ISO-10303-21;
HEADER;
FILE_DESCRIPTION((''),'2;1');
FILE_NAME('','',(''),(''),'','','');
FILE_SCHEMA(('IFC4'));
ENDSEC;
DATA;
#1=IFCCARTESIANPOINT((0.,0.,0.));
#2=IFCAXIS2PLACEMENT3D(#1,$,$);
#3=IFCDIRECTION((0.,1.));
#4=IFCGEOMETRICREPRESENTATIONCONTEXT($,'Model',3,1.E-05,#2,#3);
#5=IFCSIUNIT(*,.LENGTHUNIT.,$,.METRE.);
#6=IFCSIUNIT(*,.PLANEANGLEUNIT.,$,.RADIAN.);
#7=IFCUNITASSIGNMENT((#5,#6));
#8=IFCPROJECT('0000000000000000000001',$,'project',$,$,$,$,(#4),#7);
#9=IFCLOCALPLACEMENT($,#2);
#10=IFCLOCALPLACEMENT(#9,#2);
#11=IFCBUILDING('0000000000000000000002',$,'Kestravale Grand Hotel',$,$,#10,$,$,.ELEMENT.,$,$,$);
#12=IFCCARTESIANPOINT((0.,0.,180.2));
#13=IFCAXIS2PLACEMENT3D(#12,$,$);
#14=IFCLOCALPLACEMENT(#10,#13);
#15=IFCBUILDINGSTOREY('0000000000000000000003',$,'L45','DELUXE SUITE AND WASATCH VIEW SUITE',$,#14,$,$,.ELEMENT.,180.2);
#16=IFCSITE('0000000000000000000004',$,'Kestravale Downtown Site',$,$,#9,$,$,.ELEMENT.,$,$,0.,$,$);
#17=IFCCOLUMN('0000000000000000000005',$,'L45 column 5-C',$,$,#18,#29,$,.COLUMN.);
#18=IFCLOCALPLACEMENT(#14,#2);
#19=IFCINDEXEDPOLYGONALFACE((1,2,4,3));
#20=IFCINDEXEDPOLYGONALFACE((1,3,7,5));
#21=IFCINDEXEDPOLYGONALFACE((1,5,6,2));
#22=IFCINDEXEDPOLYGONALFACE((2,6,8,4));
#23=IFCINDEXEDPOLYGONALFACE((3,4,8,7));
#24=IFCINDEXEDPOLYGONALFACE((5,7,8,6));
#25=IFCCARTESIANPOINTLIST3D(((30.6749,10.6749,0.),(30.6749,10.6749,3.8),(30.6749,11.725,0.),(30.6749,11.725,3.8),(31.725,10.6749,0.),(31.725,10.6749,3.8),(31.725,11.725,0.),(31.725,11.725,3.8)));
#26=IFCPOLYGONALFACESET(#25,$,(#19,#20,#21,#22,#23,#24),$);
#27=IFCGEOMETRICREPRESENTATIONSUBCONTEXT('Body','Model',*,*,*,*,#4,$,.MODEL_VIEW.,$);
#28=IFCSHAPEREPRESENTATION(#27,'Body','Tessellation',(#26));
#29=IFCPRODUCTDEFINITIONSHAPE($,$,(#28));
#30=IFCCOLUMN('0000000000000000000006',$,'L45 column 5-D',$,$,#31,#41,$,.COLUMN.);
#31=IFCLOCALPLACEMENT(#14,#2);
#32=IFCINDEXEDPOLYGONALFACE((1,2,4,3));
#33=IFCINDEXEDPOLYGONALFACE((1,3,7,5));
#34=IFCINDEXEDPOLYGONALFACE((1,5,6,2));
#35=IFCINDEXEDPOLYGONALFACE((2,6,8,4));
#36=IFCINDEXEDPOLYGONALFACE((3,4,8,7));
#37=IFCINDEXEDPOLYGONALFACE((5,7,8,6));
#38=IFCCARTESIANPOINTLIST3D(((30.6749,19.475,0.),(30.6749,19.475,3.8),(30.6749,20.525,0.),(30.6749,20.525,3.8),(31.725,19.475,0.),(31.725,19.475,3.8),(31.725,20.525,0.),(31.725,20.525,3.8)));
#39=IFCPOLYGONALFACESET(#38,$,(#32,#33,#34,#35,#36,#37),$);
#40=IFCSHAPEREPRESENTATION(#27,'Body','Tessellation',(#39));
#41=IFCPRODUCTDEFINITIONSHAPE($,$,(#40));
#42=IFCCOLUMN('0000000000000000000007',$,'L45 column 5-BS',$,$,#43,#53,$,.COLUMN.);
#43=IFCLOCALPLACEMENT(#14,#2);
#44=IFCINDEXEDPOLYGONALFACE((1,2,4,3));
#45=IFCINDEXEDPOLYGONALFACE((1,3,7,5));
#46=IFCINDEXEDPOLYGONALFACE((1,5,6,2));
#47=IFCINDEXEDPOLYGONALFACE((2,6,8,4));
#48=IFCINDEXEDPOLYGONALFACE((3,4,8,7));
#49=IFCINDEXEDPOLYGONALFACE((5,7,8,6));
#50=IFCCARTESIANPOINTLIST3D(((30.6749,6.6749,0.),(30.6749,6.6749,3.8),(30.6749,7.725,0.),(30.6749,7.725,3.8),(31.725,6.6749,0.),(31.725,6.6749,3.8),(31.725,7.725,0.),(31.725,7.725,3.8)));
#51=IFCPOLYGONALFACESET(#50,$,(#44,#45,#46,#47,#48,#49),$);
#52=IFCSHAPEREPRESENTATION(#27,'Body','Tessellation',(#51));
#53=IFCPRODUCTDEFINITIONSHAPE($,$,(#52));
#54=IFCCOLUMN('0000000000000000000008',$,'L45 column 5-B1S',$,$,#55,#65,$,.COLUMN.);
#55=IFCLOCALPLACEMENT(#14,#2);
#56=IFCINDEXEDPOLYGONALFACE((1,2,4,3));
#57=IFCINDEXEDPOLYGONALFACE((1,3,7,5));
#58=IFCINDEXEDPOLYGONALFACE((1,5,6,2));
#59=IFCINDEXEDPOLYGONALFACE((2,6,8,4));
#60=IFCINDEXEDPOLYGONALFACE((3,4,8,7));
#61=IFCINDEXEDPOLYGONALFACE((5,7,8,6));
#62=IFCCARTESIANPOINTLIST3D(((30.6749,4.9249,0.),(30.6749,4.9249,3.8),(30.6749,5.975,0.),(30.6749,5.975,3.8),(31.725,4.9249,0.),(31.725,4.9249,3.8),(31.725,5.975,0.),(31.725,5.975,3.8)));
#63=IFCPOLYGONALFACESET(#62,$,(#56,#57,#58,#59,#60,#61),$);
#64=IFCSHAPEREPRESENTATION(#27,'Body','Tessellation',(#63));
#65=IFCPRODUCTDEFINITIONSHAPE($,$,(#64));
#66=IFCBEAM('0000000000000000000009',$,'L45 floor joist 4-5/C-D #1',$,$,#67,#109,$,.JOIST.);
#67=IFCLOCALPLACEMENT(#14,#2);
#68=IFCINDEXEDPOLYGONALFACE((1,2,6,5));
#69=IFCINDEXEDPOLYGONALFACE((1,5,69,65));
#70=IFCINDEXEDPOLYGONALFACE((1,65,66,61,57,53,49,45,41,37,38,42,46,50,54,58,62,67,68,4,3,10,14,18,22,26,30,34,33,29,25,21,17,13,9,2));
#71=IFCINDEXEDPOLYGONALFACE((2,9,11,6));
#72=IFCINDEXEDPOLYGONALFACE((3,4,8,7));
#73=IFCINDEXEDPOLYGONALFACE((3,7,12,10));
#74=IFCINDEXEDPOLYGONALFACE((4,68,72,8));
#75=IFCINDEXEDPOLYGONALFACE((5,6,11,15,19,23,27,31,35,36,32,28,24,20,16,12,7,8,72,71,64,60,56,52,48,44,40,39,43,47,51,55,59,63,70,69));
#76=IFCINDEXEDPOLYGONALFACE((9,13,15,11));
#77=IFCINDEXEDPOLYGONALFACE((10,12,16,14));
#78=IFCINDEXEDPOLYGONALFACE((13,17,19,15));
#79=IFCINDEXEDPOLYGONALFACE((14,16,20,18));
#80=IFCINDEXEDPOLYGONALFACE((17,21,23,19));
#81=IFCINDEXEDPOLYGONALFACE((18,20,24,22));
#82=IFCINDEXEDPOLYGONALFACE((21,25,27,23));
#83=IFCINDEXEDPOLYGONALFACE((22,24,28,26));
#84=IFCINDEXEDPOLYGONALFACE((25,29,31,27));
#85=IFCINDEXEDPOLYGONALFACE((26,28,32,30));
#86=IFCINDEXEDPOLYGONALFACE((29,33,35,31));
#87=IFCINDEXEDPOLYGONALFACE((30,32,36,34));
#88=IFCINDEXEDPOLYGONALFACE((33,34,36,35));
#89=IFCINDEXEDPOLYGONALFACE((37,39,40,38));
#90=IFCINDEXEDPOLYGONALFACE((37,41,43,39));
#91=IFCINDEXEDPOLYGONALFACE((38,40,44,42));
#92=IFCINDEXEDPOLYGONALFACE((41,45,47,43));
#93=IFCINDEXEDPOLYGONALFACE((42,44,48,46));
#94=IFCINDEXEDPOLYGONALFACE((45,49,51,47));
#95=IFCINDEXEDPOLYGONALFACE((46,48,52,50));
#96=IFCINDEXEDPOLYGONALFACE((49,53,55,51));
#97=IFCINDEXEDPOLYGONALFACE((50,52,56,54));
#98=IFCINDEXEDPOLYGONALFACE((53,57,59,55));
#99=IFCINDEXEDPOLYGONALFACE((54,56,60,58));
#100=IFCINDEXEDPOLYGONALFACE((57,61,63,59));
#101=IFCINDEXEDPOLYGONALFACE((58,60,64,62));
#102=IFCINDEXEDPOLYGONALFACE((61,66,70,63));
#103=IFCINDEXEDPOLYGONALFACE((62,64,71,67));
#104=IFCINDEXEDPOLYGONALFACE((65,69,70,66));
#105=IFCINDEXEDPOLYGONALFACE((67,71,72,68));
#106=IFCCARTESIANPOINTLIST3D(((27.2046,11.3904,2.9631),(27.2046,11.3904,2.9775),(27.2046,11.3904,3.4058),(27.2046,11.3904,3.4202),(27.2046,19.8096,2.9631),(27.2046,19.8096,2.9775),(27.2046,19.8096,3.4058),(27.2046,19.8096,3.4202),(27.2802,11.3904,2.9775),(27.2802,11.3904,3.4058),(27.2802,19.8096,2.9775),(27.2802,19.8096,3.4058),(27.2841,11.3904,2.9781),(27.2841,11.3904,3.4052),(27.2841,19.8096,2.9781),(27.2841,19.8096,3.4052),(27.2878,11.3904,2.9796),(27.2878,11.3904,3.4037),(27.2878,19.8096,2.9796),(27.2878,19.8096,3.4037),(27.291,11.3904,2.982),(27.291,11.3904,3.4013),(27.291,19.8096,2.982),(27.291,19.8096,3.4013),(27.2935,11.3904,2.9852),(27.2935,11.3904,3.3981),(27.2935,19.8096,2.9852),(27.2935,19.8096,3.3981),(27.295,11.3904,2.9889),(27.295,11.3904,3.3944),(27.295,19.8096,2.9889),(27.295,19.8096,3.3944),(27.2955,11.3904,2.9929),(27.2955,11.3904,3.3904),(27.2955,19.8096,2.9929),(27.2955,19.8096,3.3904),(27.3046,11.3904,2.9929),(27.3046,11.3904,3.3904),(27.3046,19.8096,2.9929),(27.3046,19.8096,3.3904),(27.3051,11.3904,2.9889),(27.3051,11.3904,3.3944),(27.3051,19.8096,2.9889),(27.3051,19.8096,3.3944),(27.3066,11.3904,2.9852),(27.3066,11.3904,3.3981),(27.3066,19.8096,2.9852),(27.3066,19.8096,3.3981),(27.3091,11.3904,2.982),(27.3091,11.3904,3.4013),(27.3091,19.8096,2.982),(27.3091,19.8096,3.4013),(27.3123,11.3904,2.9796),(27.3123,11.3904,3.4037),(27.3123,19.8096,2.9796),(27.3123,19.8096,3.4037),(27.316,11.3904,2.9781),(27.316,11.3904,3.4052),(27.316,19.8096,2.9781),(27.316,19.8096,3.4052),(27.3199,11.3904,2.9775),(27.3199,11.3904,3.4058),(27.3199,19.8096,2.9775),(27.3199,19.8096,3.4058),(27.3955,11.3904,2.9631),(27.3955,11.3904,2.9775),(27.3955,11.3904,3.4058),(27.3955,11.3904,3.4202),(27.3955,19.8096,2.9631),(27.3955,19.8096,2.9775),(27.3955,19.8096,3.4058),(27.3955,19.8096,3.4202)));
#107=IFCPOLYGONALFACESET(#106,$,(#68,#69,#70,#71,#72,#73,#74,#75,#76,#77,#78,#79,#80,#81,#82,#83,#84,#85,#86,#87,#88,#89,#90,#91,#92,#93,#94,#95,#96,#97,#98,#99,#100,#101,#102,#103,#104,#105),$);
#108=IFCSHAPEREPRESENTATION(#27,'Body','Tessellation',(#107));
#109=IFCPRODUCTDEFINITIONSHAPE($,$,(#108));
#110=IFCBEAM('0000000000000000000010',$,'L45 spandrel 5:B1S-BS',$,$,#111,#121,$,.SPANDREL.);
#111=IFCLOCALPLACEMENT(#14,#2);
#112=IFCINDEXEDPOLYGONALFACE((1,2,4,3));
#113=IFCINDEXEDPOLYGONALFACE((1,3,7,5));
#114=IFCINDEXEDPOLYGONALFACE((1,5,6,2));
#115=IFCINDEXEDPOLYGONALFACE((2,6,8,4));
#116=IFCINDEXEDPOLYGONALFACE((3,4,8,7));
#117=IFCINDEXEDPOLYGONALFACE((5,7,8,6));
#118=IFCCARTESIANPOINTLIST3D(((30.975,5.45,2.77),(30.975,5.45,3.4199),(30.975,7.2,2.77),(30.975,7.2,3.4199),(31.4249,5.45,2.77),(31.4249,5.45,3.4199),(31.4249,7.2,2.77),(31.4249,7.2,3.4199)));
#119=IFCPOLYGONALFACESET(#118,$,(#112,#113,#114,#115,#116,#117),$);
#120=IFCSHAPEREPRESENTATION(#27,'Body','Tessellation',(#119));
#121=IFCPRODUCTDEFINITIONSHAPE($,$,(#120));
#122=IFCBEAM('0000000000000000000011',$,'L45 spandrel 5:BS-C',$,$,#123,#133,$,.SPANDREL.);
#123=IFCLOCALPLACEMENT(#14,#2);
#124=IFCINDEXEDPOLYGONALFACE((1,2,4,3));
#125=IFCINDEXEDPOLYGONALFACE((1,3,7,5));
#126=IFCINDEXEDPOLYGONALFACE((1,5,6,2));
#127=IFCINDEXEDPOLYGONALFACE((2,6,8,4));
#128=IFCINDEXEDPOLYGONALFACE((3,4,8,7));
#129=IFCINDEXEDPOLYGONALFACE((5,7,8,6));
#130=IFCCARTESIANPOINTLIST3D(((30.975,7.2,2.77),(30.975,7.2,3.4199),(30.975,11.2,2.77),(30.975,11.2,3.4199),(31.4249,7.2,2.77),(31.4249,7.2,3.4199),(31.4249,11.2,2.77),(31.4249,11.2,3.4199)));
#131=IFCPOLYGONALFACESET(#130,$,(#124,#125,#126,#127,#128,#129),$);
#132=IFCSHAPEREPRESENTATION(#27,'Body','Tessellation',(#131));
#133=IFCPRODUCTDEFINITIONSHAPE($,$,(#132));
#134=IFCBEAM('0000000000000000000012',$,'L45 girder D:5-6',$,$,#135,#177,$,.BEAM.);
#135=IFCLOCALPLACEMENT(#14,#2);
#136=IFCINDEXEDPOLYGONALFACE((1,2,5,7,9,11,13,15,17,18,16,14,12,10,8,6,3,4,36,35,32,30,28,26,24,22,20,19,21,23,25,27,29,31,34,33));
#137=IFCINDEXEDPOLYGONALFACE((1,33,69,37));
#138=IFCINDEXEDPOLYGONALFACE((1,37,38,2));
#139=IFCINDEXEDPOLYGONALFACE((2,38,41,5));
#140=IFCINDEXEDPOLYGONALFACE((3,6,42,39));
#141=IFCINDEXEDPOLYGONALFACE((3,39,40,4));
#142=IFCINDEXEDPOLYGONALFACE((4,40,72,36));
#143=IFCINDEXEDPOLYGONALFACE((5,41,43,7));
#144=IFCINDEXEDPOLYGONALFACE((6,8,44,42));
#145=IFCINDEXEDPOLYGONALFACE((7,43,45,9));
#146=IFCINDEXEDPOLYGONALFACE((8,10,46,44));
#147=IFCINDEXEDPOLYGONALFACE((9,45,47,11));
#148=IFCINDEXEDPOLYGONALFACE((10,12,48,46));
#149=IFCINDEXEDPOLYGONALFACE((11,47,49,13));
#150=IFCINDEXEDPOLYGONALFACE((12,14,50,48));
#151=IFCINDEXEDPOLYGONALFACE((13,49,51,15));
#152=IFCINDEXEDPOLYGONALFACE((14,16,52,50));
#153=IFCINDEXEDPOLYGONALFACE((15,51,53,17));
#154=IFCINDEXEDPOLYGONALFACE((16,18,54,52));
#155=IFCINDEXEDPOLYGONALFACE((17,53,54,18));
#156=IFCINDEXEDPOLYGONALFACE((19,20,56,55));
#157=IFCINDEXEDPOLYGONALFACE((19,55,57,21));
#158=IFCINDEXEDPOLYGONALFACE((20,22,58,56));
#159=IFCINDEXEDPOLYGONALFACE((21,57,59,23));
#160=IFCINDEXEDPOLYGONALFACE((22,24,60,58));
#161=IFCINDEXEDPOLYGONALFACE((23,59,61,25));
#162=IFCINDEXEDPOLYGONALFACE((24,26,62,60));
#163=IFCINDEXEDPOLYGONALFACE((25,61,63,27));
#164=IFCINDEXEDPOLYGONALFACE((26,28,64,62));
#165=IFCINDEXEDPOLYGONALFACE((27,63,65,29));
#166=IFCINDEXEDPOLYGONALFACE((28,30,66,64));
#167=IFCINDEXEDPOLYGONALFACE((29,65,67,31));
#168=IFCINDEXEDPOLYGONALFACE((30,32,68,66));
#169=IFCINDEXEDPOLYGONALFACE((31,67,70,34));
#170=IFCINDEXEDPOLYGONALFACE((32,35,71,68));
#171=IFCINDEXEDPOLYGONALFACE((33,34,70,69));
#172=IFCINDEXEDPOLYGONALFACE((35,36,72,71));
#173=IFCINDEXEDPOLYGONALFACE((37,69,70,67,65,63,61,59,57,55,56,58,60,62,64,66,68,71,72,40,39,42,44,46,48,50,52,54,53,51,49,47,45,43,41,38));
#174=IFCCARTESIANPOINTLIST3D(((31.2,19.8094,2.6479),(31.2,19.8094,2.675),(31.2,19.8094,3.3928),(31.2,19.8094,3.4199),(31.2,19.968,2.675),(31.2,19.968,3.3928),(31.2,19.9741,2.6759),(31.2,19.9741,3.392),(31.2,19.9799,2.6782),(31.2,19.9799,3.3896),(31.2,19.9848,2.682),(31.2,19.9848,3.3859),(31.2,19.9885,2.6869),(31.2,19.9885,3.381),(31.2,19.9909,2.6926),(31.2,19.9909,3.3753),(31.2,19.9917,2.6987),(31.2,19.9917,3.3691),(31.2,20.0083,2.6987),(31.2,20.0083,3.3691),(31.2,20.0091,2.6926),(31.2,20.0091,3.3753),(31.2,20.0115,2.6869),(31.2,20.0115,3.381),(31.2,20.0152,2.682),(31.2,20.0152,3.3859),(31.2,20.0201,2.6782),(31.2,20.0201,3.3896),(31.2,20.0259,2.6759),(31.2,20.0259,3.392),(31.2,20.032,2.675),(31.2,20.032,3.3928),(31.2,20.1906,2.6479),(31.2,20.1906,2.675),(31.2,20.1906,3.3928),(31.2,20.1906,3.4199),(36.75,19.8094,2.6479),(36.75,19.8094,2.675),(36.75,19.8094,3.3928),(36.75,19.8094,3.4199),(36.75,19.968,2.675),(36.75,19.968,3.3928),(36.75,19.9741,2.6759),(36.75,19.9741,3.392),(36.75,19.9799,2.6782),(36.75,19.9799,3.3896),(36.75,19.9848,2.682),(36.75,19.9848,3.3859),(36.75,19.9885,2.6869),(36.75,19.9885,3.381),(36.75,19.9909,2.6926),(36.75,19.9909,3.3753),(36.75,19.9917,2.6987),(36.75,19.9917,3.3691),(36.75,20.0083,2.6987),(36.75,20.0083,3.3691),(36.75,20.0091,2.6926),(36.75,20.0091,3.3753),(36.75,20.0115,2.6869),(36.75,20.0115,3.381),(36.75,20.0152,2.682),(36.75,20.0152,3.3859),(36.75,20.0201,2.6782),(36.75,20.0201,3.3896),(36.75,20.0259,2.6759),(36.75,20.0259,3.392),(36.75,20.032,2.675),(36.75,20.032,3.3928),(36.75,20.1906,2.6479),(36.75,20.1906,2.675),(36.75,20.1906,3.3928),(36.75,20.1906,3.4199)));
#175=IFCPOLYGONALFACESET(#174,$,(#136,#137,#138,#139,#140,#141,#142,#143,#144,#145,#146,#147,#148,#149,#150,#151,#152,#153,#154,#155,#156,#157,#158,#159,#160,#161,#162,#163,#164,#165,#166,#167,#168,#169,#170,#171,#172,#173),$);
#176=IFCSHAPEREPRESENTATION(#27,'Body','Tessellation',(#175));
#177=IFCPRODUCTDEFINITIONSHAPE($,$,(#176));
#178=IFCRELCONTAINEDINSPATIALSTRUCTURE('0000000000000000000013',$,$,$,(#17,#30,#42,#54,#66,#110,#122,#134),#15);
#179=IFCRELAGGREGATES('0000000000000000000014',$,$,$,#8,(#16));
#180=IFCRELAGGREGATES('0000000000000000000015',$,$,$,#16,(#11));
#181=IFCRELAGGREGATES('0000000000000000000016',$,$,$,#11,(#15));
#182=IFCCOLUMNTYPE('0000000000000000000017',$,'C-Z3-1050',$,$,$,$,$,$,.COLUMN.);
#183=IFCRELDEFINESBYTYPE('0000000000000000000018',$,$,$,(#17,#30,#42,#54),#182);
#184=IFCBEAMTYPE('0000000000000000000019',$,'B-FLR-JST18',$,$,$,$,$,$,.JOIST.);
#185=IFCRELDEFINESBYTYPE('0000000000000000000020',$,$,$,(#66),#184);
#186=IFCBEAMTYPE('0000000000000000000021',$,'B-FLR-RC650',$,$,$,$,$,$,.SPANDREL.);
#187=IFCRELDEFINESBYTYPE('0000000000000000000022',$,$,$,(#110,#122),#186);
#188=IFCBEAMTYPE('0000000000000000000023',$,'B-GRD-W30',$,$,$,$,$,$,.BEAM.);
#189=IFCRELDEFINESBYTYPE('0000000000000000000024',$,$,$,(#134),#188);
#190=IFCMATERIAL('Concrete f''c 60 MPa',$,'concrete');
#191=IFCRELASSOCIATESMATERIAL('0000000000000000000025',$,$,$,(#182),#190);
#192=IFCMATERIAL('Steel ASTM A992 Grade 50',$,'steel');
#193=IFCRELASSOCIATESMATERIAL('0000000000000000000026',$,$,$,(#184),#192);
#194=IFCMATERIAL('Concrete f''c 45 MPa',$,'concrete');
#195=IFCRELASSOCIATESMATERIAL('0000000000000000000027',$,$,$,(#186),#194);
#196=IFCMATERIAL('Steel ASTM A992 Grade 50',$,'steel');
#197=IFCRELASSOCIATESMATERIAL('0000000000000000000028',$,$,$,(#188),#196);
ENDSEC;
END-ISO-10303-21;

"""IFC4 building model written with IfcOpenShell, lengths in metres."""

from ifc_helpers import new_model, si_unit, direction, frame, origin, origin_2d, place, context, subcontext, project, spatial, rectangle, i_section, extrude, material, material_profile, profile_set, type_object, element, save


model = new_model("IFC4")

# Units and contexts
model_context = context("Model", 3, precision=1e-05, world=origin(), true_north=direction((0.0, 1.0)))
body_context = subcontext(model_context, "Body", "Model", "MODEL_VIEW")
ifc_project = project(units=[si_unit("LENGTHUNIT", "METRE"), si_unit("PLANEANGLEUNIT", "RADIAN")], contexts=[model_context])

# Site, building, storey
site_placement = place(None, origin())
site = spatial("IfcSite", under=ifc_project, at=site_placement, Name="Kestravale Downtown Site", CompositionType="ELEMENT", RefElevation=0.0)
building_placement = place(site_placement, origin())
building = spatial("IfcBuilding", under=site, at=building_placement, Name="Kestravale Grand Hotel", CompositionType="ELEMENT")
storey_placement = place(building_placement, frame((0.0, 0.0, 180.2)))
storey = spatial("IfcBuildingStorey", under=building, at=storey_placement, Name="L45", Description="DELUXE SUITE AND WASATCH VIEW SUITE", CompositionType="ELEMENT", Elevation=180.2)

# Columns
ifc_material_1 = material(Name="Concrete f'c 60 MPa", Category="concrete")
ifc_material_profile_1 = material_profile(ifc_material_1, rectangle(XDim=1.05, YDim=1.05, at=origin_2d()))
ifc_profile_set_1 = profile_set([ifc_material_profile_1], Name="Concrete f'c 60 MPa")
column_type = type_object("IfcColumnType", Name="C-Z3-1050", PredefinedType="COLUMN", material=ifc_profile_set_1)
for number, where, z_axis, x_axis, name in (
    (1, (31.2, 11.2, 0.0), (0.0, 0.0, 1.0), (1.0, 0.0, 0.0), "L45 column 5-C"),
    (2, (31.2, 20.0, 0.0), (0.0, 0.0, 1.0), (1.0, 0.0, 0.0), "L45 column 5-D"),
    (3, (31.2, 7.2, 0.0), (0.0, 0.0, 1.0), (1.0, 0.0, 0.0), "L45 column 5-BS"),
    (4, (31.2, 5.45, 0.0), (0.0, 0.0, 1.0), (1.0, 0.0, 0.0), "L45 column 5-B1S"),
):
    element("IfcColumn", number, at=place(storey_placement, frame(where, z_axis=z_axis, x_axis=x_axis)), inside=storey, type_object=column_type, Name=name, PredefinedType="COLUMN", context=body_context, shape_type="SweptSolid", body=[
        extrude(rectangle(XDim=1.05, YDim=1.05, at=origin_2d()), origin(), (0.0, 0.0, 1.0), 3.8),
    ])

# Beams
ifc_material_2 = material(Name="Steel ASTM A992 Grade 50", Category="steel")
ifc_material_profile_2 = material_profile(ifc_material_2, i_section(OverallWidth=0.1909, OverallDepth=0.457, WebThickness=0.009, FlangeThickness=0.0144, FilletRadius=0.0154, at=origin_2d()))
ifc_profile_set_2 = profile_set([ifc_material_profile_2], Name="Steel ASTM A992 Grade 50")
beam_type_1 = type_object("IfcBeamType", Name="B-FLR-JST18", PredefinedType="JOIST", material=ifc_profile_set_2)
beam_1_placement = place(storey_placement, frame((27.3, 11.3904, 3.1917), z_axis=(0.0, 1.0, 0.0), x_axis=(-1.0, 0.0, 0.0)))
element("IfcBeam", 5, at=beam_1_placement, inside=storey, type_object=beam_type_1, Name="L45 floor joist 4-5/C-D #1", PredefinedType="JOIST", context=body_context, shape_type="SweptSolid", body=[
    extrude(i_section(OverallWidth=0.1909, OverallDepth=0.457, WebThickness=0.009, FlangeThickness=0.0144, FilletRadius=0.0154, at=origin_2d()), origin(), (0.0, 0.0, 1.0), 8.4192),
])
ifc_material_3 = material(Name="Concrete f'c 45 MPa", Category="concrete")
ifc_material_profile_3 = material_profile(ifc_material_3, rectangle(XDim=0.45, YDim=0.6499, at=origin_2d()))
ifc_profile_set_3 = profile_set([ifc_material_profile_3], Name="Concrete f'c 45 MPa")
beam_type_2 = type_object("IfcBeamType", Name="B-FLR-RC650", PredefinedType="SPANDREL", material=ifc_profile_set_3)
beam_2_placement = place(storey_placement, frame((31.2, 5.45, 3.095), z_axis=(0.0, 1.0, 0.0), x_axis=(-1.0, 0.0, 0.0)))
element("IfcBeam", 6, at=beam_2_placement, inside=storey, type_object=beam_type_2, Name="L45 spandrel 5:B1S-BS", PredefinedType="SPANDREL", context=body_context, shape_type="SweptSolid", body=[
    extrude(rectangle(XDim=0.45, YDim=0.6499, at=origin_2d()), origin(), (0.0, 0.0, 1.0), 1.75),
])
beam_3_placement = place(storey_placement, frame((31.2, 7.2, 3.095), z_axis=(0.0, 1.0, 0.0), x_axis=(-1.0, 0.0, 0.0)))
element("IfcBeam", 7, at=beam_3_placement, inside=storey, type_object=beam_type_2, Name="L45 spandrel 5:BS-C", PredefinedType="SPANDREL", context=body_context, shape_type="SweptSolid", body=[
    extrude(rectangle(XDim=0.45, YDim=0.6499, at=origin_2d()), origin(), (0.0, 0.0, 1.0), 4.0),
])
ifc_material_4 = material(Name="Steel ASTM A992 Grade 50", Category="steel")
ifc_material_profile_4 = material_profile(ifc_material_4, i_section(OverallWidth=0.3811, OverallDepth=0.772, WebThickness=0.0166, FlangeThickness=0.0271, FilletRadius=0.0237, at=origin_2d()))
ifc_profile_set_4 = profile_set([ifc_material_profile_4], Name="Steel ASTM A992 Grade 50")
beam_type_3 = type_object("IfcBeamType", Name="B-GRD-W30", PredefinedType="BEAM", material=ifc_profile_set_4)
beam_4_placement = place(storey_placement, frame((31.2, 20.0, 3.0339), z_axis=(1.0, 0.0, 0.0), x_axis=(0.0, 1.0, 0.0)))
element("IfcBeam", 8, at=beam_4_placement, inside=storey, type_object=beam_type_3, Name="L45 girder D:5-6", PredefinedType="BEAM", context=body_context, shape_type="SweptSolid", body=[
    extrude(i_section(OverallWidth=0.3811, OverallDepth=0.772, WebThickness=0.0166, FlangeThickness=0.0271, FilletRadius=0.0237, at=origin_2d()), origin(), (0.0, 0.0, 1.0), 5.55),
])

save(model, "model.ifc")
